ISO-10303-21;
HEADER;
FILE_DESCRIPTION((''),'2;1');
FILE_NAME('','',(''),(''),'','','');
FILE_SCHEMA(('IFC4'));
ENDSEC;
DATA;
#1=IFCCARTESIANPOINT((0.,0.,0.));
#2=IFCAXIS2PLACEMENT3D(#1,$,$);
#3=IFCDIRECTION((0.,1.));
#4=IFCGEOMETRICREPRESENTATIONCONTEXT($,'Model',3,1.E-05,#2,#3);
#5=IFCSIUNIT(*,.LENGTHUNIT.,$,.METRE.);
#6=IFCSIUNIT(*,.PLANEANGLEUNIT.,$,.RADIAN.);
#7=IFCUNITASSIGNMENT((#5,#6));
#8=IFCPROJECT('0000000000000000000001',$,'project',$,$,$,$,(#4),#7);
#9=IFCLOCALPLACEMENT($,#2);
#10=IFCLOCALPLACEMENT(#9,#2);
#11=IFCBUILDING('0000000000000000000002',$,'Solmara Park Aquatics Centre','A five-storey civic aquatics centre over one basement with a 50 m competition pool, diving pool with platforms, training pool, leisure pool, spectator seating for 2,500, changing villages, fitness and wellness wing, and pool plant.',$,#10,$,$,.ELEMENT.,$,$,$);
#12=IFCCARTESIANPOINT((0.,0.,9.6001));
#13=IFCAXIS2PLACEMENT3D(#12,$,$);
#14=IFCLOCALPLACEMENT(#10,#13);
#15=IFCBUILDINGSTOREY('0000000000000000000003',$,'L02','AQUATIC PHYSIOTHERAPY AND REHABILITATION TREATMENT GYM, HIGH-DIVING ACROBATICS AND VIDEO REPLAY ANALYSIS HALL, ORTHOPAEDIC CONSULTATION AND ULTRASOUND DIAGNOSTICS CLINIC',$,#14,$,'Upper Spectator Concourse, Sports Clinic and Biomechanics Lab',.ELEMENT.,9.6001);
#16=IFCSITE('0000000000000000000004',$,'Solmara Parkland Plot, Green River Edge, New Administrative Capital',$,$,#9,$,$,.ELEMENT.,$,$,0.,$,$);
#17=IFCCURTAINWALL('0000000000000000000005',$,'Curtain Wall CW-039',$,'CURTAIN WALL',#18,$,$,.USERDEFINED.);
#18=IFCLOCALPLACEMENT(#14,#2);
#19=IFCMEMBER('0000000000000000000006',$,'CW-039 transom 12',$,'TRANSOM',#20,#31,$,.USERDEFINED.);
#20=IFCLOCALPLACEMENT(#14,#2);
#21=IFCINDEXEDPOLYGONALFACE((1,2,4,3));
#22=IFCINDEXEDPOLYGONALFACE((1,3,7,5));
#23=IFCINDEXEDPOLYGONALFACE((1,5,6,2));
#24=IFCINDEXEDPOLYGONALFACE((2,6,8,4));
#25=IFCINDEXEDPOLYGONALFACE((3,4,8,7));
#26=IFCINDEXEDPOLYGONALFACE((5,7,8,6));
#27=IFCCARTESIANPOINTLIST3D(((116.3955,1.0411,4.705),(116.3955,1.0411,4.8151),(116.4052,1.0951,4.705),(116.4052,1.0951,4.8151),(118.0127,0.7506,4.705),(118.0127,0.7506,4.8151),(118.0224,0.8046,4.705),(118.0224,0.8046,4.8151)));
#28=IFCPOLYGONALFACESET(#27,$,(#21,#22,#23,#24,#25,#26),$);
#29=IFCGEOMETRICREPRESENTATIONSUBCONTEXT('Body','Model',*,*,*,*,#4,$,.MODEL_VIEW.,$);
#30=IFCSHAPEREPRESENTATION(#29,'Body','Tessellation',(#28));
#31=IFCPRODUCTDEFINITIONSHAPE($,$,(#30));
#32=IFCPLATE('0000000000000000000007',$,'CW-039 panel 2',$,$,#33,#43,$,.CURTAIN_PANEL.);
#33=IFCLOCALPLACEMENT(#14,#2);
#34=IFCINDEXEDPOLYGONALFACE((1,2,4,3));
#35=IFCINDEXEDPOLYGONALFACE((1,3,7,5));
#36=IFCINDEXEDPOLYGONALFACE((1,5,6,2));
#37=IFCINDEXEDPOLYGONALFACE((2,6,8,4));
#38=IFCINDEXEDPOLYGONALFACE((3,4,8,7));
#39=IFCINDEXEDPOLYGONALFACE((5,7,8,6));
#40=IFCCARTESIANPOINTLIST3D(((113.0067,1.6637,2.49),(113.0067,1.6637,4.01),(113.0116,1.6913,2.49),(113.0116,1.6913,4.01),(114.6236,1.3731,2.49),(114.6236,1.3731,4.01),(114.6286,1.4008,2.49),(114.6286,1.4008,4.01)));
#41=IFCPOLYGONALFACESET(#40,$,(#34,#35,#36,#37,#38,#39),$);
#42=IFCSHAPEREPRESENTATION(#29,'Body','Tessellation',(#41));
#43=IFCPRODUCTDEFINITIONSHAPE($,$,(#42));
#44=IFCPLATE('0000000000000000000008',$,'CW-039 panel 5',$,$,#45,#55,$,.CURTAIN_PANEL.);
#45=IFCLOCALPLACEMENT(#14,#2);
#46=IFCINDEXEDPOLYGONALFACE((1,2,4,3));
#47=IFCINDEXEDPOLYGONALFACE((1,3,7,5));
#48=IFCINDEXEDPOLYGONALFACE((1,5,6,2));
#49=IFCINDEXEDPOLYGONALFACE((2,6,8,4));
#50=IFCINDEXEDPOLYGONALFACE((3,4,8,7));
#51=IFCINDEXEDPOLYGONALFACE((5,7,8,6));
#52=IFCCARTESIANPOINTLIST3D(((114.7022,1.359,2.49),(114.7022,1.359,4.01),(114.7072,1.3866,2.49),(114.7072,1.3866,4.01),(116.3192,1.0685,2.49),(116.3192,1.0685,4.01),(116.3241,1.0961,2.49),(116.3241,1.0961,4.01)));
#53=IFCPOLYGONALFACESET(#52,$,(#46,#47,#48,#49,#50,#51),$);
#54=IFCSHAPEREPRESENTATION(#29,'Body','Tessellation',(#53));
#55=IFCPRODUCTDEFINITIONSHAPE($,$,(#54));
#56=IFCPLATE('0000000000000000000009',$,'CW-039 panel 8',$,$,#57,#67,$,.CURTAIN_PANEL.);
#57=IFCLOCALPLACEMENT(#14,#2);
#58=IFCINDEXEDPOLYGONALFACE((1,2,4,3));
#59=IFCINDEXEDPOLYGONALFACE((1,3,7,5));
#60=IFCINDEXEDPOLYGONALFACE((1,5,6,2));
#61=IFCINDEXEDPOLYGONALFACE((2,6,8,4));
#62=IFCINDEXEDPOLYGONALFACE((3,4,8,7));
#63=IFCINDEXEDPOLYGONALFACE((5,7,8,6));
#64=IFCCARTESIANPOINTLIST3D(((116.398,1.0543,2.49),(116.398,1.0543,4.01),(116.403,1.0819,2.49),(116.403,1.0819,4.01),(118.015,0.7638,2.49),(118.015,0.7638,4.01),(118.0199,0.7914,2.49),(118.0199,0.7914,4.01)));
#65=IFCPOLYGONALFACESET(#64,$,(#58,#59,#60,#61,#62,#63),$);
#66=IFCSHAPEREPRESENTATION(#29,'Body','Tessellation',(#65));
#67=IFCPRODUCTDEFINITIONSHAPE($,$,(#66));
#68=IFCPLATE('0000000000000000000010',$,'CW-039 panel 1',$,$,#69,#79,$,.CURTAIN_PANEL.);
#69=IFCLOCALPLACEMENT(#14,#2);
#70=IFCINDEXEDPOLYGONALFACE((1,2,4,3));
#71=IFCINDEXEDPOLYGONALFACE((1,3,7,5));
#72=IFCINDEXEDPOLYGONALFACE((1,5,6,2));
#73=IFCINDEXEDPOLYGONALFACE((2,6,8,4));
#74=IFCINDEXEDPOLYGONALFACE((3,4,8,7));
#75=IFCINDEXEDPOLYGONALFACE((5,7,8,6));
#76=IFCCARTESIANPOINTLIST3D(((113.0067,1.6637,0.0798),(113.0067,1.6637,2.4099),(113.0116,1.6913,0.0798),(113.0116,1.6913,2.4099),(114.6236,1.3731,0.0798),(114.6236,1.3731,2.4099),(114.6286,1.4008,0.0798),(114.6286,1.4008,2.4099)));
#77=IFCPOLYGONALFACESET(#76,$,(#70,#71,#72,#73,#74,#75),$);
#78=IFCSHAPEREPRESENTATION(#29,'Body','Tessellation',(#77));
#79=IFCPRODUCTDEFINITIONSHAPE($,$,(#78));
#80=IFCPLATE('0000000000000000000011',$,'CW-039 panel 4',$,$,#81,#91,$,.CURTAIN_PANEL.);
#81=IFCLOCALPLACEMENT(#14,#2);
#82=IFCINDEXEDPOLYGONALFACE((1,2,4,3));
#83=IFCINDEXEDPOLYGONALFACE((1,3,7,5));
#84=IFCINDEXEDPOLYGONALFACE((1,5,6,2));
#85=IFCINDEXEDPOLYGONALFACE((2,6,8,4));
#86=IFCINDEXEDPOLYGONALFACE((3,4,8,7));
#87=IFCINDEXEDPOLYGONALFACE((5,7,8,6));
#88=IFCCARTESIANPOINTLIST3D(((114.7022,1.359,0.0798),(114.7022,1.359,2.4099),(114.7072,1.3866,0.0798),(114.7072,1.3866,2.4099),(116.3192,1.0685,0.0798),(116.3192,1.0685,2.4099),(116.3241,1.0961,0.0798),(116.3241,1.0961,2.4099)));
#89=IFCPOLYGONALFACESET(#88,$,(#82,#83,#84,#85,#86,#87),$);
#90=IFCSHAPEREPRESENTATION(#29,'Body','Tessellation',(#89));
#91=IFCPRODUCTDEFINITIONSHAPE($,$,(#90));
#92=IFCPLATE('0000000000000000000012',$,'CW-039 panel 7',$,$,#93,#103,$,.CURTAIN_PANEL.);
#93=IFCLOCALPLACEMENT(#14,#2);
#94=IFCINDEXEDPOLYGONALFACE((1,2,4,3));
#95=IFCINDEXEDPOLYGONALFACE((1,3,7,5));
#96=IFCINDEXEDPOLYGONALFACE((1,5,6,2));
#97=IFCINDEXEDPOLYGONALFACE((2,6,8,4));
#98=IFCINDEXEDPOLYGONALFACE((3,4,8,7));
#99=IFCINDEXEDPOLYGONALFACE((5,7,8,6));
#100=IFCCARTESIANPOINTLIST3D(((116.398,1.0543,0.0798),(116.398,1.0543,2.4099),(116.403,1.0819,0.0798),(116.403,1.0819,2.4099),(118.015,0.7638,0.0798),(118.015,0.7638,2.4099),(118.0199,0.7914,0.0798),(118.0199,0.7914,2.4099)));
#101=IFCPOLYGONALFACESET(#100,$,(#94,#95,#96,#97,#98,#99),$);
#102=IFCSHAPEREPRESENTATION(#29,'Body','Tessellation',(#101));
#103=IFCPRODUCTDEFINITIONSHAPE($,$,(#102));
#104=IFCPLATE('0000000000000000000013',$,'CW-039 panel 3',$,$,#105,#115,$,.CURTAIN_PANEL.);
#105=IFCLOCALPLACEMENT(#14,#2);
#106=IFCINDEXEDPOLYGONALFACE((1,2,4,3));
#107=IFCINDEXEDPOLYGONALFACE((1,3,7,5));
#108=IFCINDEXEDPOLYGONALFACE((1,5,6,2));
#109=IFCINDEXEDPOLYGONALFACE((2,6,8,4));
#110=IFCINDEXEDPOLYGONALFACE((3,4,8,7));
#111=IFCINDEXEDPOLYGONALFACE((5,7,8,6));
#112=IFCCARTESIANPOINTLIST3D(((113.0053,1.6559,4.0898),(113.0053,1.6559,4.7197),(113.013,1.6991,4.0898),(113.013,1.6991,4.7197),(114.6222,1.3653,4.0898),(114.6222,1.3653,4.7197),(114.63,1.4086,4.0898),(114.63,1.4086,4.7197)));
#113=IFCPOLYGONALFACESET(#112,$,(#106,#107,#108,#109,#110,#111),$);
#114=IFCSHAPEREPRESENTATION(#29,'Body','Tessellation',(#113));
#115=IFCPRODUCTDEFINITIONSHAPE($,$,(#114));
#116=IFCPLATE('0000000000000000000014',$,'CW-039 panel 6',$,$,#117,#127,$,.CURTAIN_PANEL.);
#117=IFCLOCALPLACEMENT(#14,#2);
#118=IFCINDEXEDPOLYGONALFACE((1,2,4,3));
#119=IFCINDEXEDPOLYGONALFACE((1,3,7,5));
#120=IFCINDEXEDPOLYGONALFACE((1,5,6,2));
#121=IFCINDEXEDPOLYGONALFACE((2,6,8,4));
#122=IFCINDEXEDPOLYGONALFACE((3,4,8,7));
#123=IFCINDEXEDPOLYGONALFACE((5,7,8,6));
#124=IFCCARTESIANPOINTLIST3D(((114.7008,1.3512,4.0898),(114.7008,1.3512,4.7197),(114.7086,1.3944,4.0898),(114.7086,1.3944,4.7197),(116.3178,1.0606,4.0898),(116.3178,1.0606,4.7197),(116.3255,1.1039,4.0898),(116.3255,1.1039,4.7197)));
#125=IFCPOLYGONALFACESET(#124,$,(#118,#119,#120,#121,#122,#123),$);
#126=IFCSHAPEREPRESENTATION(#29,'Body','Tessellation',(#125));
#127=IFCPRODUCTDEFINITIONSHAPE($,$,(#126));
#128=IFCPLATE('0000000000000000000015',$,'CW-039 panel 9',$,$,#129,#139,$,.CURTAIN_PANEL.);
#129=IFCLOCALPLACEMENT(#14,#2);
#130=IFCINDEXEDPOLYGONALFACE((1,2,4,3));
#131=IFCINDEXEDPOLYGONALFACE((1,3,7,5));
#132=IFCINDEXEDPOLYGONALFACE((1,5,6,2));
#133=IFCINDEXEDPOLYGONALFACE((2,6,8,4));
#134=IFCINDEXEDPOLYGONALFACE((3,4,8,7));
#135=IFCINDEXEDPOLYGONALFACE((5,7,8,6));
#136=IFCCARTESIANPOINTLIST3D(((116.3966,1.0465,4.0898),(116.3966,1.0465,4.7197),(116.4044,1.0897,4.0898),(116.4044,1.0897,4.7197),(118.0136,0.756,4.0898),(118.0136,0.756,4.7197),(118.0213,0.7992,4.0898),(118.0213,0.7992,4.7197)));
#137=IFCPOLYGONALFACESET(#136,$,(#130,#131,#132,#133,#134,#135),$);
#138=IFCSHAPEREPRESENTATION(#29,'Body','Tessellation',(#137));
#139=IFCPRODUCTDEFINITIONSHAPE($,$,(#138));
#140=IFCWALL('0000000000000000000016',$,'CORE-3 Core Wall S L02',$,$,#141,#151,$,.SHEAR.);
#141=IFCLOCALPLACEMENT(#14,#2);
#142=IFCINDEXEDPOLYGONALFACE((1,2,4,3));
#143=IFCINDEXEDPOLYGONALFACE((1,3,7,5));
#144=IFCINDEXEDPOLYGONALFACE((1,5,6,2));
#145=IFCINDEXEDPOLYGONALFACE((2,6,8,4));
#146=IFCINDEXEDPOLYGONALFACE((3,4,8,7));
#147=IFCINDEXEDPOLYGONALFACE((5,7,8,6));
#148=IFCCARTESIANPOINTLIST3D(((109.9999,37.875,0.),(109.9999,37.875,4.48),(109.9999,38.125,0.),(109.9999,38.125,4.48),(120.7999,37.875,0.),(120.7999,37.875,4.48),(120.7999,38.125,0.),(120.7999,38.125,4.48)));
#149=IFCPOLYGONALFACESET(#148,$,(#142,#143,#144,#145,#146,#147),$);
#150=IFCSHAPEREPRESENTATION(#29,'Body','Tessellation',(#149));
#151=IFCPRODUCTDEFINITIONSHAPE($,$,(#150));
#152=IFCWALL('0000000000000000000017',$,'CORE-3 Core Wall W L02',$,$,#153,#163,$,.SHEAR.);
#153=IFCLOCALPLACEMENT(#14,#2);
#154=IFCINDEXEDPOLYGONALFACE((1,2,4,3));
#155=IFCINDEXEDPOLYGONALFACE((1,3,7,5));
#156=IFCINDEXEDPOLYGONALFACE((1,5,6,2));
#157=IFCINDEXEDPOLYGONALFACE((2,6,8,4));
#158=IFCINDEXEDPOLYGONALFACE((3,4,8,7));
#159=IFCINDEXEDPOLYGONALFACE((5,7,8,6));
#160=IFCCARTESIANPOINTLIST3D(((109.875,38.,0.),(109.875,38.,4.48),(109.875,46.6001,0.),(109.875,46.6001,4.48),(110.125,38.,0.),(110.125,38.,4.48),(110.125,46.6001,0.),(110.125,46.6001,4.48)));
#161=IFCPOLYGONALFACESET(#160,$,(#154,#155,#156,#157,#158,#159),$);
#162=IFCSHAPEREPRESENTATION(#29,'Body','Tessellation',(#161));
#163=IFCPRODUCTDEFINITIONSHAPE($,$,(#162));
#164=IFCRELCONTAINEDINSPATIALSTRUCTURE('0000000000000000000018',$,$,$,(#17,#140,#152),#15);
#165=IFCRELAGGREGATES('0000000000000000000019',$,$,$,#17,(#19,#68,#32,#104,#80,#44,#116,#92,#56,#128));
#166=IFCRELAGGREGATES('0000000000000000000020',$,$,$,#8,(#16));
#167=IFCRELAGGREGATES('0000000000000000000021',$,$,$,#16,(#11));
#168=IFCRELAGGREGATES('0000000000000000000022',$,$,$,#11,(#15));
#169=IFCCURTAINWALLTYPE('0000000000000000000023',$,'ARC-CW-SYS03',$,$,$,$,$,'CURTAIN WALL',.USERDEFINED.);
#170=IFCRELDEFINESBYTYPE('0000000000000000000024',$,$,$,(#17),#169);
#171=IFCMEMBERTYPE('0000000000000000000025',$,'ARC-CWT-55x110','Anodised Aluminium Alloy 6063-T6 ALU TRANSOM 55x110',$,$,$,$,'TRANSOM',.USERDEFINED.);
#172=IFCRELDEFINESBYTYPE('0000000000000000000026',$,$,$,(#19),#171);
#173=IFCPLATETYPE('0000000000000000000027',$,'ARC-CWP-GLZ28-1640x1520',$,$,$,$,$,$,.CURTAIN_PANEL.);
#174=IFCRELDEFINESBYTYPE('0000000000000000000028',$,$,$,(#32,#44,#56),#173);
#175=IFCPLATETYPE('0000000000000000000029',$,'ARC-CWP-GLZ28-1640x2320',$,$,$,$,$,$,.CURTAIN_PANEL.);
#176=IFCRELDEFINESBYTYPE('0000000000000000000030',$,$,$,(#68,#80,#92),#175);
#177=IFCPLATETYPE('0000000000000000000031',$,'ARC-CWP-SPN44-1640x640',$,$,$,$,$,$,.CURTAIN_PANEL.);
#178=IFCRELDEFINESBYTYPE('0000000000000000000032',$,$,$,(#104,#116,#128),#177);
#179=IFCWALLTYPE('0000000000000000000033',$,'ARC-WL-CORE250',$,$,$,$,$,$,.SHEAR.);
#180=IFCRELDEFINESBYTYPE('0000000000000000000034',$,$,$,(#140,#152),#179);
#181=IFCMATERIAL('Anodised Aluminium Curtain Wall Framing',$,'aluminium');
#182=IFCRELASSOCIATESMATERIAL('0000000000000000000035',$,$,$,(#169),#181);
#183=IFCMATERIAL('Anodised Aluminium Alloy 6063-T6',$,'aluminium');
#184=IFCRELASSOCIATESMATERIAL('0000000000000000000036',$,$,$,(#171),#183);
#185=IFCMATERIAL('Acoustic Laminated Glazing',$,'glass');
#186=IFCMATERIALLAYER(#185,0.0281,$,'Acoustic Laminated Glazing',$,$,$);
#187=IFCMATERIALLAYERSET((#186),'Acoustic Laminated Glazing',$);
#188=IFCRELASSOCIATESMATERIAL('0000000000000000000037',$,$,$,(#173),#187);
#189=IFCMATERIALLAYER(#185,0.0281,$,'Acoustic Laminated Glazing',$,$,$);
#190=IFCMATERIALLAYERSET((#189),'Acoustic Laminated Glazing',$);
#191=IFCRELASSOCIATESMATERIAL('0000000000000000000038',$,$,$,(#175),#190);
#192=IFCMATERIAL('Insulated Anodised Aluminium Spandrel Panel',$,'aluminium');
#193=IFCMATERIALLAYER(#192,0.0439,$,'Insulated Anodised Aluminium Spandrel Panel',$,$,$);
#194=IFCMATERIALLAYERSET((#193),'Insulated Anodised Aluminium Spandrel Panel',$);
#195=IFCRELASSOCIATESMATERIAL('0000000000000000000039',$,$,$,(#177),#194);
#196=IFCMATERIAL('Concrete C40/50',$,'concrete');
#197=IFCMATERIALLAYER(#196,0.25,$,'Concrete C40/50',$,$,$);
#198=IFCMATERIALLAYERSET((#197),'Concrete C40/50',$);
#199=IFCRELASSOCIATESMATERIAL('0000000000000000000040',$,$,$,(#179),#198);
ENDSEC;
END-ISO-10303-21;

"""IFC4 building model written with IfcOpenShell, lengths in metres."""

from ifc_helpers import new_model, si_unit, direction, frame, frame_2d, origin, origin_2d, place, context, subcontext, project, spatial, rectangle, extrude, material, layer, layer_set, material_profile, profile_set, type_object, element, aggregate, save


model = new_model("IFC4")

# Units and contexts
model_context = context("Model", 3, precision=1e-05, world=origin(), true_north=direction((0.0, 1.0)))
body_context = subcontext(model_context, "Body", "Model", "MODEL_VIEW")
ifc_project = project(units=[si_unit("LENGTHUNIT", "METRE"), si_unit("PLANEANGLEUNIT", "RADIAN")], contexts=[model_context])

# Site, building, storey
site_placement = place(None, origin())
site = spatial("IfcSite", under=ifc_project, at=site_placement, Name="Solmara Parkland Plot, Green River Edge, New Administrative Capital", CompositionType="ELEMENT", RefElevation=0.0)
building_placement = place(site_placement, origin())
building = spatial("IfcBuilding", under=site, at=building_placement, Name="Solmara Park Aquatics Centre", Description="A five-storey civic aquatics centre over one basement with a 50 m competition pool, diving pool with platforms, training pool, leisure pool, spectator seating for 2,500, changing villages, fitness and wellness wing, and pool plant.", CompositionType="ELEMENT")
storey_placement = place(building_placement, frame((0.0, 0.0, 9.6001)))
storey = spatial("IfcBuildingStorey", under=building, at=storey_placement, Name="L02", Description="AQUATIC PHYSIOTHERAPY AND REHABILITATION TREATMENT GYM, HIGH-DIVING ACROBATICS AND VIDEO REPLAY ANALYSIS HALL, ORTHOPAEDIC CONSULTATION AND ULTRASOUND DIAGNOSTICS CLINIC", LongName="Upper Spectator Concourse, Sports Clinic and Biomechanics Lab", CompositionType="ELEMENT", Elevation=9.6001)

# Curtain wall, member, plates
ifc_material_1 = material(Name="Anodised Aluminium Curtain Wall Framing", Category="aluminium")
curtain_wall_type = type_object("IfcCurtainWallType", Name="ARC-CW-SYS03", ElementType="CURTAIN WALL", PredefinedType="USERDEFINED", material=ifc_material_1)
curtain_wall_placement = place(storey_placement, origin())
curtain_wall = element("IfcCurtainWall", 1, at=curtain_wall_placement, inside=storey, type_object=curtain_wall_type, Name="Curtain Wall CW-039", ObjectType="CURTAIN WALL", PredefinedType="USERDEFINED")
ifc_material_2 = material(Name="Anodised Aluminium Alloy 6063-T6", Category="aluminium")
ifc_material_profile_1 = material_profile(ifc_material_2, rectangle(XDim=0.0549, YDim=0.1101, at=origin_2d()), Name="ALU TRANSOM 55x110")
ifc_profile_set_1 = profile_set([ifc_material_profile_1], Name="Anodised Aluminium Alloy 6063-T6")
member_type_1 = type_object("IfcMemberType", Name="ARC-CWT-55x110", Description="Anodised Aluminium Alloy 6063-T6 ALU TRANSOM 55x110", ElementType="TRANSOM", PredefinedType="USERDEFINED", material=ifc_profile_set_1)
member_1_placement = place(storey_placement, frame((116.4004, 1.0681, 4.76), z_axis=(0.984243, -0.176819, 0.0), x_axis=(0.176819, 0.984243, 0.0)))
member_1 = element("IfcMember", 2, at=member_1_placement, type_object=member_type_1, Name="CW-039 transom 12", ObjectType="TRANSOM", PredefinedType="USERDEFINED", context=body_context, shape_type="SweptSolid", body=[
    extrude(rectangle(XDim=0.0549, YDim=0.1101, at=origin_2d()), origin(), (0.0, 0.0, 1.0), 1.6431),
])
ifc_material_3 = material(Name="Acoustic Laminated Glazing", Category="glass")
ifc_layer_1 = layer(ifc_material_3, 0.0281, Name="Acoustic Laminated Glazing")
ifc_layer_set_1 = layer_set([ifc_layer_1], Name="Acoustic Laminated Glazing")
plate_type_1 = type_object("IfcPlateType", Name="ARC-CWP-GLZ28-1640x1520", PredefinedType="CURTAIN_PANEL", material=ifc_layer_set_1)
plate_1_placement = place(storey_placement, frame((113.8176, 1.5322, 2.49), z_axis=(0.0, 0.0, 1.0), x_axis=(0.984239, -0.176846, 0.0)))
plate_1 = element("IfcPlate", 3, at=plate_1_placement, type_object=plate_type_1, Name="CW-039 panel 2", PredefinedType="CURTAIN_PANEL", context=body_context, shape_type="SweptSolid", body=[
    extrude(rectangle(XDim=1.6428, YDim=0.0281, at=origin_2d()), origin(), (0.0, 0.0, 1.0), 1.52),
])
plate_2_placement = place(storey_placement, frame((115.5132, 1.2275, 2.49), z_axis=(0.0, 0.0, 1.0), x_axis=(0.984239, -0.176846, 0.0)))
plate_2 = element("IfcPlate", 4, at=plate_2_placement, type_object=plate_type_1, Name="CW-039 panel 5", PredefinedType="CURTAIN_PANEL", context=body_context, shape_type="SweptSolid", body=[
    extrude(rectangle(XDim=1.6428, YDim=0.0281, at=origin_2d()), origin(), (0.0, 0.0, 1.0), 1.52),
])
plate_3_placement = place(storey_placement, frame((117.209, 0.9229, 2.49), z_axis=(0.0, 0.0, 1.0), x_axis=(0.984239, -0.176846, 0.0)))
plate_3 = element("IfcPlate", 5, at=plate_3_placement, type_object=plate_type_1, Name="CW-039 panel 8", PredefinedType="CURTAIN_PANEL", context=body_context, shape_type="SweptSolid", body=[
    extrude(rectangle(XDim=1.6428, YDim=0.0281, at=origin_2d()), origin(), (0.0, 0.0, 1.0), 1.52),
])
ifc_layer_2 = layer(ifc_material_3, 0.0281, Name="Acoustic Laminated Glazing")
ifc_layer_set_2 = layer_set([ifc_layer_2], Name="Acoustic Laminated Glazing")
plate_type_2 = type_object("IfcPlateType", Name="ARC-CWP-GLZ28-1640x2320", PredefinedType="CURTAIN_PANEL", material=ifc_layer_set_2)
plate_4_placement = place(storey_placement, frame((113.8176, 1.5322, 0.0798), z_axis=(0.0, 0.0, 1.0), x_axis=(0.984239, -0.176846, 0.0)))
plate_4 = element("IfcPlate", 6, at=plate_4_placement, type_object=plate_type_2, Name="CW-039 panel 1", PredefinedType="CURTAIN_PANEL", context=body_context, shape_type="SweptSolid", body=[
    extrude(rectangle(XDim=1.6428, YDim=0.0281, at=origin_2d()), origin(), (0.0, 0.0, 1.0), 2.3301),
])
plate_5_placement = place(storey_placement, frame((115.5132, 1.2275, 0.0798), z_axis=(0.0, 0.0, 1.0), x_axis=(0.984239, -0.176846, 0.0)))
plate_5 = element("IfcPlate", 7, at=plate_5_placement, type_object=plate_type_2, Name="CW-039 panel 4", PredefinedType="CURTAIN_PANEL", context=body_context, shape_type="SweptSolid", body=[
    extrude(rectangle(XDim=1.6428, YDim=0.0281, at=origin_2d()), origin(), (0.0, 0.0, 1.0), 2.3301),
])
plate_6_placement = place(storey_placement, frame((117.209, 0.9229, 0.0798), z_axis=(0.0, 0.0, 1.0), x_axis=(0.984239, -0.176846, 0.0)))
plate_6 = element("IfcPlate", 8, at=plate_6_placement, type_object=plate_type_2, Name="CW-039 panel 7", PredefinedType="CURTAIN_PANEL", context=body_context, shape_type="SweptSolid", body=[
    extrude(rectangle(XDim=1.6428, YDim=0.0281, at=origin_2d()), origin(), (0.0, 0.0, 1.0), 2.3301),
])
ifc_material_4 = material(Name="Insulated Anodised Aluminium Spandrel Panel", Category="aluminium")
ifc_layer_3 = layer(ifc_material_4, 0.0439, Name="Insulated Anodised Aluminium Spandrel Panel")
ifc_layer_set_3 = layer_set([ifc_layer_3], Name="Insulated Anodised Aluminium Spandrel Panel")
plate_type_3 = type_object("IfcPlateType", Name="ARC-CWP-SPN44-1640x640", PredefinedType="CURTAIN_PANEL", material=ifc_layer_set_3)
plate_7_placement = place(storey_placement, frame((113.8176, 1.5322, 4.0898), z_axis=(0.0, 0.0, 1.0), x_axis=(0.984239, -0.176846, 0.0)))
plate_7 = element("IfcPlate", 9, at=plate_7_placement, type_object=plate_type_3, Name="CW-039 panel 3", PredefinedType="CURTAIN_PANEL", context=body_context, shape_type="SweptSolid", body=[
    extrude(rectangle(XDim=1.6428, YDim=0.0439, at=origin_2d()), origin(), (0.0, 0.0, 1.0), 0.6299),
])
plate_8_placement = place(storey_placement, frame((115.5132, 1.2275, 4.0898), z_axis=(0.0, 0.0, 1.0), x_axis=(0.984239, -0.176846, 0.0)))
plate_8 = element("IfcPlate", 10, at=plate_8_placement, type_object=plate_type_3, Name="CW-039 panel 6", PredefinedType="CURTAIN_PANEL", context=body_context, shape_type="SweptSolid", body=[
    extrude(rectangle(XDim=1.6428, YDim=0.0439, at=origin_2d()), origin(), (0.0, 0.0, 1.0), 0.6299),
])
plate_9_placement = place(storey_placement, frame((117.209, 0.9229, 4.0898), z_axis=(0.0, 0.0, 1.0), x_axis=(0.984239, -0.176846, 0.0)))
plate_9 = element("IfcPlate", 11, at=plate_9_placement, type_object=plate_type_3, Name="CW-039 panel 9", PredefinedType="CURTAIN_PANEL", context=body_context, shape_type="SweptSolid", body=[
    extrude(rectangle(XDim=1.6428, YDim=0.0439, at=origin_2d()), origin(), (0.0, 0.0, 1.0), 0.6299),
])
aggregate(curtain_wall, [member_1, plate_4, plate_1, plate_7, plate_5, plate_2, plate_8, plate_6, plate_3, plate_9])

# Walls
ifc_material_5 = material(Name="Concrete C40/50", Category="concrete")
ifc_layer_4 = layer(ifc_material_5, 0.25, Name="Concrete C40/50")
ifc_layer_set_4 = layer_set([ifc_layer_4], Name="Concrete C40/50")
wall_type_1 = type_object("IfcWallType", Name="ARC-WL-CORE250", PredefinedType="SHEAR", material=ifc_layer_set_4)
wall_1_placement = place(storey_placement, frame((110.0, 38.0, 0.0), z_axis=(0.0, 0.0, 1.0), x_axis=(1.0, 0.0, 0.0)))
element("IfcWall", 12, at=wall_1_placement, inside=storey, type_object=wall_type_1, Name="CORE-3 Core Wall S L02", PredefinedType="SHEAR", context=body_context, shape_type="SweptSolid", body=[
    extrude(rectangle(XDim=10.8, YDim=0.25, at=frame_2d((5.3999, 0.0))), origin(), (0.0, 0.0, 1.0), 4.48),
])
wall_2_placement = place(storey_placement, frame((110.0, 38.0, 0.0), z_axis=(0.0, 0.0, 1.0), x_axis=(0.0, 1.0, 0.0)))
element("IfcWall", 13, at=wall_2_placement, inside=storey, type_object=wall_type_1, Name="CORE-3 Core Wall W L02", PredefinedType="SHEAR", context=body_context, shape_type="SweptSolid", body=[
    extrude(rectangle(XDim=8.6001, YDim=0.25, at=frame_2d((4.3, 0.0))), origin(), (0.0, 0.0, 1.0), 4.48),
])

save(model, "model.ifc")
